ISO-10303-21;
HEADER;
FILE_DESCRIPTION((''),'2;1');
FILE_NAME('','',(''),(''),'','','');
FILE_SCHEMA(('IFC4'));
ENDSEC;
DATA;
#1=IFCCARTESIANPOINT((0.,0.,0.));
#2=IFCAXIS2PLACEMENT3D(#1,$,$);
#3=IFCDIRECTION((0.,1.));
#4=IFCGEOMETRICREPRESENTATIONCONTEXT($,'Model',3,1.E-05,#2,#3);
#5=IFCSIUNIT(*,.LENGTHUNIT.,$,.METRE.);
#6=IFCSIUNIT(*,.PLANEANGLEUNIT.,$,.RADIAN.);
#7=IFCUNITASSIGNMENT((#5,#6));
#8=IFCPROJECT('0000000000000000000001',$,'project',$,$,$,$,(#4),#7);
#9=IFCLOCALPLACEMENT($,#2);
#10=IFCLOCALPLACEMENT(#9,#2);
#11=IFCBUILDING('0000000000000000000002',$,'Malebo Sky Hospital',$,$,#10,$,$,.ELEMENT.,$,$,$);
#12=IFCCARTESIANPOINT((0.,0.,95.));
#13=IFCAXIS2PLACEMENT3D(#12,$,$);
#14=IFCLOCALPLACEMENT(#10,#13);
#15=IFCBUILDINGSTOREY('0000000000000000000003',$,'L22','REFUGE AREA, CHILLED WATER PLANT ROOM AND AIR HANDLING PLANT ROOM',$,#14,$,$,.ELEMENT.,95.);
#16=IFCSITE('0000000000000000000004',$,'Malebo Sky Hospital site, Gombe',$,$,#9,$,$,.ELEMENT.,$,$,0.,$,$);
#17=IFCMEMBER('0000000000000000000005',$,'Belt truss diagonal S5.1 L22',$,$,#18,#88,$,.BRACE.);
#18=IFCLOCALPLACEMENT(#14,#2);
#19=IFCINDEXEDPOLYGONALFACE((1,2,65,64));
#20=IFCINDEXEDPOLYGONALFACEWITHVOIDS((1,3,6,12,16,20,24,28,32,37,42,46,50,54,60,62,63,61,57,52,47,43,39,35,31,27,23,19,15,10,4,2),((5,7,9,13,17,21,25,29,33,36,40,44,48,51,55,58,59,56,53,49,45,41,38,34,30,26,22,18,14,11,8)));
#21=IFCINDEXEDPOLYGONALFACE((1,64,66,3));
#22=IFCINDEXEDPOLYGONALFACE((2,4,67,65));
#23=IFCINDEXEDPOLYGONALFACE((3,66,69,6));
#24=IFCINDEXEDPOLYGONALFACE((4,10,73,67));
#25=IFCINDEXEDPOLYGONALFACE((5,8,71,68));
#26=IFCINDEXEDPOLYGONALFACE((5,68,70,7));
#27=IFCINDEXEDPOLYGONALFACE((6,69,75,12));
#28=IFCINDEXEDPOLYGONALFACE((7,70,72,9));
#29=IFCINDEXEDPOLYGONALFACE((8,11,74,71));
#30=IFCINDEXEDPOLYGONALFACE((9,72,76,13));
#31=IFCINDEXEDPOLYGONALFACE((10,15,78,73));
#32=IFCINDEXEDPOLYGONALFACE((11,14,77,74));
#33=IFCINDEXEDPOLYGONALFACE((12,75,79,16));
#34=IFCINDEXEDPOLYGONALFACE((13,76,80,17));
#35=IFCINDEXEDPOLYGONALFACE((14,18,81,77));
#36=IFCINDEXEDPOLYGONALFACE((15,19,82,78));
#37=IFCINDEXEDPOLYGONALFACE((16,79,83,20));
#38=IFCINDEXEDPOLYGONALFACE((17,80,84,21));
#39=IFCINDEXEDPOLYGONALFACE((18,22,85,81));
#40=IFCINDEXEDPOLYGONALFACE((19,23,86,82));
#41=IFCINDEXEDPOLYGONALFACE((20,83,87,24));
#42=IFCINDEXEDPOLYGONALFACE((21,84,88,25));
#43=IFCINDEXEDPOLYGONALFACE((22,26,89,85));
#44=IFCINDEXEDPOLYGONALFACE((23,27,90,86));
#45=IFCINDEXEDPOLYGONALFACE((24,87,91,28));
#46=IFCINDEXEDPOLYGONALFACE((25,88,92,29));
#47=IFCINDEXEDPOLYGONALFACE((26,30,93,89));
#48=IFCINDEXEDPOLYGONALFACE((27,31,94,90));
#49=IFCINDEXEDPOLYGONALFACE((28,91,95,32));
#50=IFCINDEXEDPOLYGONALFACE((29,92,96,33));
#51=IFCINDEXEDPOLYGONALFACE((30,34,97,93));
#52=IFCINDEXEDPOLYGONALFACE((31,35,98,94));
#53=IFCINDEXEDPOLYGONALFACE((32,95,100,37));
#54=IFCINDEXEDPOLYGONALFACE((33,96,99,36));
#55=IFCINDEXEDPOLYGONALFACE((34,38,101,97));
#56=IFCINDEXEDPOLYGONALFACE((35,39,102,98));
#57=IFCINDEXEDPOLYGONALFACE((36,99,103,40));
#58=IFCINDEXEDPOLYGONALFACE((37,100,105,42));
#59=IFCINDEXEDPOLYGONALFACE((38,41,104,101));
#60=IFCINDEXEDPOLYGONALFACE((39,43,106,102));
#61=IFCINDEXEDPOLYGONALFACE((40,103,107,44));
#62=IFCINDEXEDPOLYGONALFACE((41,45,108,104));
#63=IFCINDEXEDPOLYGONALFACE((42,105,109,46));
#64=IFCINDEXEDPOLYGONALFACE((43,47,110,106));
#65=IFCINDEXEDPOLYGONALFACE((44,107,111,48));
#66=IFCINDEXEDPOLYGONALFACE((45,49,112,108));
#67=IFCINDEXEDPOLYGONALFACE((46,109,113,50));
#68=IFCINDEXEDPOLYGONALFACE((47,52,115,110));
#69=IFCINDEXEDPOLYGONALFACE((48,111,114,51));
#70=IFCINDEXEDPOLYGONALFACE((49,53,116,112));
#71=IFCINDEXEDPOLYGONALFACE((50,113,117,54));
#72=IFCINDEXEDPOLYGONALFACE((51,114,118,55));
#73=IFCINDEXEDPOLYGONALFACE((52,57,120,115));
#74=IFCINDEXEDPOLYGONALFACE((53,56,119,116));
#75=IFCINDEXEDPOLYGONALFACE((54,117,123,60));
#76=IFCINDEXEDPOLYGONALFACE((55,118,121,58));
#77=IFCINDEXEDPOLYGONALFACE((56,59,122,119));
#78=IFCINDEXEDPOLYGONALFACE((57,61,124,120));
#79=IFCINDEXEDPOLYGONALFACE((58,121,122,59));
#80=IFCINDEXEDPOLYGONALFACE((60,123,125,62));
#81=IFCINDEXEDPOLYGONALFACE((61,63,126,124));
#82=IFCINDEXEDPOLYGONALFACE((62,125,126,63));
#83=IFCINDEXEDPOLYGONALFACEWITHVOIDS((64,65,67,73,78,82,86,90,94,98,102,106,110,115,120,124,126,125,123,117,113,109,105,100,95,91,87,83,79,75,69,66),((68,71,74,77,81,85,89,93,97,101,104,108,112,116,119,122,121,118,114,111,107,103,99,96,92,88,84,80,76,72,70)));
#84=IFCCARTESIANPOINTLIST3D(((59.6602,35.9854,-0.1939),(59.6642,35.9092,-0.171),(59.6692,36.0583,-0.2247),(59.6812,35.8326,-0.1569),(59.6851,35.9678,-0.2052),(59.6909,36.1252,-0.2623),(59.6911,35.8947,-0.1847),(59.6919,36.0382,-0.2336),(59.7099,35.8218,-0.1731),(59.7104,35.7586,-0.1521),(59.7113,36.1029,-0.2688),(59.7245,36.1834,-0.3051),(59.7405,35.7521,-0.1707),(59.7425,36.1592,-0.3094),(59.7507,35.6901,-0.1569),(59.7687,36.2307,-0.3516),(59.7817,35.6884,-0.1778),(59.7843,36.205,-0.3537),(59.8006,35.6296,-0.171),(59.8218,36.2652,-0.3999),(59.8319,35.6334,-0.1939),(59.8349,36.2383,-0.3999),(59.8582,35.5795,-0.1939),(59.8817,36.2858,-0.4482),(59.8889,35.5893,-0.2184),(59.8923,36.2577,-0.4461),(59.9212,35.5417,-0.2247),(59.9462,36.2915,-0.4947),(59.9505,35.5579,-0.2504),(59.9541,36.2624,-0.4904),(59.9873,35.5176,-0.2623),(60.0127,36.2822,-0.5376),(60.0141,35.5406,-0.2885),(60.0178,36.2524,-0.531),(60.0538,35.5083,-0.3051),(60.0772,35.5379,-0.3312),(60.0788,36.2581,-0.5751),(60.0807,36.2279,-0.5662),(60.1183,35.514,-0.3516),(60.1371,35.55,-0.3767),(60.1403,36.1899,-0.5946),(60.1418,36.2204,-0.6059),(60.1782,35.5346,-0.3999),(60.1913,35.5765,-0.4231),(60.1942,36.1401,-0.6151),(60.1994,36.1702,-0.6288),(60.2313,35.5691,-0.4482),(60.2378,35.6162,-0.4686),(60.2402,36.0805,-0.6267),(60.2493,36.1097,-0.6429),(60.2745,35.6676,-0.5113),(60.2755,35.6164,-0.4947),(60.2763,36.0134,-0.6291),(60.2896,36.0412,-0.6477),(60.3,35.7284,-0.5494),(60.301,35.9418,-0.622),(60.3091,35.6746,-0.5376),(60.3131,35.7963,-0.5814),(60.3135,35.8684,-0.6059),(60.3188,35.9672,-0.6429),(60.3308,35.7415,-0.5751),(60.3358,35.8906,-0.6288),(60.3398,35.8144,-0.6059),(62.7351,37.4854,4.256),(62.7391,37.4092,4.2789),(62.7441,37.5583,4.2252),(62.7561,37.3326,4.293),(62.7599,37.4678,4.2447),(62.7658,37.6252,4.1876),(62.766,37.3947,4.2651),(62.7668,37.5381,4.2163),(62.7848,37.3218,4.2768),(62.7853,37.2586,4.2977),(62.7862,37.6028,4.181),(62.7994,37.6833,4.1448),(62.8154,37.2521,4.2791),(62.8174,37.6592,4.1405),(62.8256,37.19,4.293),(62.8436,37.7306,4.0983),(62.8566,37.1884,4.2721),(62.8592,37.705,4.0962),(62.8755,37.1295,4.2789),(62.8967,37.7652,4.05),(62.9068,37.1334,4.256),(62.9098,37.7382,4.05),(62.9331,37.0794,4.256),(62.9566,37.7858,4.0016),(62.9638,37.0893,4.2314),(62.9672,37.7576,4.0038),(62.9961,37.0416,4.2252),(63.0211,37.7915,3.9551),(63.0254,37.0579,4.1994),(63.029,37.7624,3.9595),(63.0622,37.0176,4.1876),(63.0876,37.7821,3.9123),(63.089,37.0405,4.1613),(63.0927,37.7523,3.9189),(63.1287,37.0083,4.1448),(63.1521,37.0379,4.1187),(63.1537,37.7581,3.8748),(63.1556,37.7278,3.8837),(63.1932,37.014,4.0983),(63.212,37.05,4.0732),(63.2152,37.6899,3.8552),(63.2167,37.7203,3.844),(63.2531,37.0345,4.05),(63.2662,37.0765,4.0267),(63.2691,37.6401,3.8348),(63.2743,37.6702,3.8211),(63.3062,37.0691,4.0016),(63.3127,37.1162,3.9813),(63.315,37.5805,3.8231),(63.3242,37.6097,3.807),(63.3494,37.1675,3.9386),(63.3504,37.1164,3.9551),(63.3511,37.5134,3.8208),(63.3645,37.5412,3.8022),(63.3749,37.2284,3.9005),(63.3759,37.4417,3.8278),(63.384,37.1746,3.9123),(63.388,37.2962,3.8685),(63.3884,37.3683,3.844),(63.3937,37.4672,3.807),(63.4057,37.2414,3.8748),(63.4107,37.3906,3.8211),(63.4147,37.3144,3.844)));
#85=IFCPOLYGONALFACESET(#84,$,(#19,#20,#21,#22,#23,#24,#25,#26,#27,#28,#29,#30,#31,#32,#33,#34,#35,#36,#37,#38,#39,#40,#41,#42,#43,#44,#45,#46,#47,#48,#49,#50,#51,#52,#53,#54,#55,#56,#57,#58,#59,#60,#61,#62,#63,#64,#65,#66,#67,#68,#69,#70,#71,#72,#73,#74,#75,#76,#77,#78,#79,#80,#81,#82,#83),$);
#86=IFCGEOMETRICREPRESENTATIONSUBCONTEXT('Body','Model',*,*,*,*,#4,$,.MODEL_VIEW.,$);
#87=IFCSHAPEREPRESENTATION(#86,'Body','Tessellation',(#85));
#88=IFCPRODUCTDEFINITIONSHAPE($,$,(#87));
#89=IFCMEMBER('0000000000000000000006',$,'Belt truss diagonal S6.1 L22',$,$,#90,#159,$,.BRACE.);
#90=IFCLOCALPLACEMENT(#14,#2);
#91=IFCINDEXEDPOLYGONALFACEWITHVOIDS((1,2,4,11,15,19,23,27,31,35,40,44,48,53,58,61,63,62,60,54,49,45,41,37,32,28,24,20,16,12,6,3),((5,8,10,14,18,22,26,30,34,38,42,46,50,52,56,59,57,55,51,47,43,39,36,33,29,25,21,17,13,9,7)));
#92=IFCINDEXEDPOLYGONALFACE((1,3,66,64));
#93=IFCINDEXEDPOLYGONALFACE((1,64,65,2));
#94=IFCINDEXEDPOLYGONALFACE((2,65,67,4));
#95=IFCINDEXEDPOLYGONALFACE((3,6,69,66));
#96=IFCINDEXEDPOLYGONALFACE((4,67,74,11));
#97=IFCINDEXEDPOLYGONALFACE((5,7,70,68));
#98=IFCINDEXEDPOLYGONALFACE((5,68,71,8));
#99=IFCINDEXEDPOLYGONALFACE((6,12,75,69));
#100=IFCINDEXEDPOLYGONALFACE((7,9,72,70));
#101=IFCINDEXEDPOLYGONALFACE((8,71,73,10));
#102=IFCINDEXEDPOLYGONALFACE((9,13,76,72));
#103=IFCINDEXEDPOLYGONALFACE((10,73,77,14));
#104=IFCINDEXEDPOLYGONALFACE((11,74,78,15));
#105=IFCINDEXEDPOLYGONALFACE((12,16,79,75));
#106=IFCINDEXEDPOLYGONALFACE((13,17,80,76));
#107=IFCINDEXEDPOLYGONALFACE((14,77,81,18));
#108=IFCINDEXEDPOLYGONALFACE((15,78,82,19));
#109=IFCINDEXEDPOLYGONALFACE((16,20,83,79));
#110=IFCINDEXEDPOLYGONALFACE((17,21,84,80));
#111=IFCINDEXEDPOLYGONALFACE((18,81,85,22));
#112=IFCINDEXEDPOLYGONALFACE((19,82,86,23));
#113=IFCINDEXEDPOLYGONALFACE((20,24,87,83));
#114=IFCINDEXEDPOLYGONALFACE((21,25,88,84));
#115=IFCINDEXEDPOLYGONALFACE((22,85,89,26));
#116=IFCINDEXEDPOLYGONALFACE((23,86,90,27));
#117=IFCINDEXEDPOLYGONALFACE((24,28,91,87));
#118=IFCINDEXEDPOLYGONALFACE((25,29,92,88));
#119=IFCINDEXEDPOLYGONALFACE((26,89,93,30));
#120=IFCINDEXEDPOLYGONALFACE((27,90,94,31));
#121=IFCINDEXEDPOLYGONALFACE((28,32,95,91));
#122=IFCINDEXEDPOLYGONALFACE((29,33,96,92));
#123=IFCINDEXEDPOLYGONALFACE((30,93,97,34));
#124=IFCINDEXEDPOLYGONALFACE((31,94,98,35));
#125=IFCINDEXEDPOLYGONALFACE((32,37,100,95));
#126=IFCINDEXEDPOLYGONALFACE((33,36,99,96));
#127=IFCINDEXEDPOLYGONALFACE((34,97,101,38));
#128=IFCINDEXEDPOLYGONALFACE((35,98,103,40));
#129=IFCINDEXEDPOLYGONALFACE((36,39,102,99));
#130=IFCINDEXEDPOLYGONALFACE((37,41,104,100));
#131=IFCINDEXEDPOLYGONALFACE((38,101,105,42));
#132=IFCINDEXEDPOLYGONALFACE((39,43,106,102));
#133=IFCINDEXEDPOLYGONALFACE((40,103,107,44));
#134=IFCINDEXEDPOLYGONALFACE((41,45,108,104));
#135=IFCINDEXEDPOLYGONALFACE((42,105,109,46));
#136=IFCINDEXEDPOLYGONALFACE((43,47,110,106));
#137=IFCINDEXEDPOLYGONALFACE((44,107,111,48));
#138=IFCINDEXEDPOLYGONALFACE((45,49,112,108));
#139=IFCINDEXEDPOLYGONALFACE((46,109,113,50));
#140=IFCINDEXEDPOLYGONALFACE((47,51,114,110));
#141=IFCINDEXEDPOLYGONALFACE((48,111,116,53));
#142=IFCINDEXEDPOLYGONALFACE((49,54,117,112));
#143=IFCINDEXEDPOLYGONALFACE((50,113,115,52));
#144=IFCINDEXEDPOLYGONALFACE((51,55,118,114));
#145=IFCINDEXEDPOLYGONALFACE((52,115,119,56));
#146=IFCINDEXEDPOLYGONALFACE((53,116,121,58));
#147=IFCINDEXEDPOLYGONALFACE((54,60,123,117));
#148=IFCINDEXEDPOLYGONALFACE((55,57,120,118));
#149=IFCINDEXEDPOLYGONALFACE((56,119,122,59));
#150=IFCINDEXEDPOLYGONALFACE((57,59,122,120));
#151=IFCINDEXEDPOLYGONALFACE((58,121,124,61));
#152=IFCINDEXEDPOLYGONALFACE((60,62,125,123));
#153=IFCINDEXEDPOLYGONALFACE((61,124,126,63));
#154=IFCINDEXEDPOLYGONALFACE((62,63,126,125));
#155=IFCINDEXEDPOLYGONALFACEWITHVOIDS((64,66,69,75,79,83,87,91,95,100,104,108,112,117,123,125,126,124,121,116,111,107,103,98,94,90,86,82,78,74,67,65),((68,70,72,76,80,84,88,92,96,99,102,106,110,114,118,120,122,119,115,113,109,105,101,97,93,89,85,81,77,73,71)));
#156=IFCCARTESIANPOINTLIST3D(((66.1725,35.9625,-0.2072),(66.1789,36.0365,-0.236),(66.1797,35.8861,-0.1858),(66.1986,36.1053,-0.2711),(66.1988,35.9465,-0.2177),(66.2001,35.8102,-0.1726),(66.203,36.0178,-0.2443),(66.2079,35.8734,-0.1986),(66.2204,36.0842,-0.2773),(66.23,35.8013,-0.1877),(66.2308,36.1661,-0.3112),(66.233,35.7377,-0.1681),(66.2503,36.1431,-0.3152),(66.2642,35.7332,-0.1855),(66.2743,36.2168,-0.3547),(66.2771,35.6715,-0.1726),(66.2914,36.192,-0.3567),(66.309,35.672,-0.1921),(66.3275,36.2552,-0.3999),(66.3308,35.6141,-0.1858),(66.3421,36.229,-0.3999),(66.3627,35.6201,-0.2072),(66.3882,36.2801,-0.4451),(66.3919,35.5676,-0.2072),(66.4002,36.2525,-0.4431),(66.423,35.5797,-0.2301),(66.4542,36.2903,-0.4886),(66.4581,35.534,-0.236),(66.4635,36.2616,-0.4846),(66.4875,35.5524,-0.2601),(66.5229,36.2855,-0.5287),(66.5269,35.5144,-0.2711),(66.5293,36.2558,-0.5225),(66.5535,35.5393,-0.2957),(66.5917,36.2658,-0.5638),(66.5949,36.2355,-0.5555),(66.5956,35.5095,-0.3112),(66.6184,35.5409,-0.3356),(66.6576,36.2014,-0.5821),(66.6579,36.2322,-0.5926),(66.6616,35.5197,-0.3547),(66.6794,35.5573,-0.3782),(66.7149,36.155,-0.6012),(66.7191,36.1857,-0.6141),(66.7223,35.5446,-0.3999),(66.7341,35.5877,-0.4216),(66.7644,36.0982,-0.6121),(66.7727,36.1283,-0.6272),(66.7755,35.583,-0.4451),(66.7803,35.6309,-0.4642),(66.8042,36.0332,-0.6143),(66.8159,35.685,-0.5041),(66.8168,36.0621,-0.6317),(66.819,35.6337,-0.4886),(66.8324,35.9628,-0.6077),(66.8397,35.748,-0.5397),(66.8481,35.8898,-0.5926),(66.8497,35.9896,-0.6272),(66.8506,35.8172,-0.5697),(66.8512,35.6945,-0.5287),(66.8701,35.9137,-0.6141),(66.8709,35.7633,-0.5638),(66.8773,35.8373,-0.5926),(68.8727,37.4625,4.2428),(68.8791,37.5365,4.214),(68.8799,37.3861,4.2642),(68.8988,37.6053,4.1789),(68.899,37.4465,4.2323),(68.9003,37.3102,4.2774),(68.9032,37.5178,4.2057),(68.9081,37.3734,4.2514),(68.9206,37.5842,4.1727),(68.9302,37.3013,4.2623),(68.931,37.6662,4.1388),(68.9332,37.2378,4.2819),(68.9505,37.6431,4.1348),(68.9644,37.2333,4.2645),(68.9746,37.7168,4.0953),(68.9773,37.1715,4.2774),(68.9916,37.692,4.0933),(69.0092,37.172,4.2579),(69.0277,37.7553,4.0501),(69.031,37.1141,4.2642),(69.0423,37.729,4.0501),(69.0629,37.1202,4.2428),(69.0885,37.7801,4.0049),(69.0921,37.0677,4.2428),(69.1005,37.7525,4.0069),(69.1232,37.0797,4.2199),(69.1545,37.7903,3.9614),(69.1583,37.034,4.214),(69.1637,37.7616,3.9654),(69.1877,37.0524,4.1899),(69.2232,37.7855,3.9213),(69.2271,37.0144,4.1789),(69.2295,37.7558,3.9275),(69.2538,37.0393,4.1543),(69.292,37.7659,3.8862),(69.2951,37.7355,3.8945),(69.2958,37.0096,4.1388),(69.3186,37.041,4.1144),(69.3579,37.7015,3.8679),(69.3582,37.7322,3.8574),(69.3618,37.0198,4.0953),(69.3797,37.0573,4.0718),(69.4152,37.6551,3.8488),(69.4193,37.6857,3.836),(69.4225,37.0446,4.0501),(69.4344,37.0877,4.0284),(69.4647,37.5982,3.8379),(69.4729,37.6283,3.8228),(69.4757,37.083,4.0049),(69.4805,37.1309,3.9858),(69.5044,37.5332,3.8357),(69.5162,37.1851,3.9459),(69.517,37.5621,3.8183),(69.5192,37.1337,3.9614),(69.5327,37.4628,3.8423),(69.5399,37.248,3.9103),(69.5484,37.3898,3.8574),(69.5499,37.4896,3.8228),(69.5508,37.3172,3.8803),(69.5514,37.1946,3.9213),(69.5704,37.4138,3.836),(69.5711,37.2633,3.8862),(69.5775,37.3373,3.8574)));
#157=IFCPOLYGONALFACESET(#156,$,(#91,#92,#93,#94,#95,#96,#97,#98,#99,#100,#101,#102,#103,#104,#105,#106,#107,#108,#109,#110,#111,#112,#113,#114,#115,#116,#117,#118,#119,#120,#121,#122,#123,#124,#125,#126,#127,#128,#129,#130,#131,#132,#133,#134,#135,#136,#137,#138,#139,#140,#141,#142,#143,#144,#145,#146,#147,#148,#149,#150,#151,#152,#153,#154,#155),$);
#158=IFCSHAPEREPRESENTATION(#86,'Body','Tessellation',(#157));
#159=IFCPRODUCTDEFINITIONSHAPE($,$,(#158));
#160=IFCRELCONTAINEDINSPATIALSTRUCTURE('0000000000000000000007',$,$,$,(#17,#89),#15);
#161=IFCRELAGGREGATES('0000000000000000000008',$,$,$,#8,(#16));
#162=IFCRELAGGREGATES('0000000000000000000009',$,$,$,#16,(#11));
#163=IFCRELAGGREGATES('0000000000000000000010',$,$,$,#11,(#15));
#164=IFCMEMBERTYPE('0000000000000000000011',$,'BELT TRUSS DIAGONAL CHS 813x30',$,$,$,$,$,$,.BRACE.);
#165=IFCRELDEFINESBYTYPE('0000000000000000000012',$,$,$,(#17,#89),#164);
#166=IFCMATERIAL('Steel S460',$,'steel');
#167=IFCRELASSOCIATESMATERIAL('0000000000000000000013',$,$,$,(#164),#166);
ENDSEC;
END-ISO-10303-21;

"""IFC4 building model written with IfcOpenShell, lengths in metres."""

from ifc_helpers import new_model, si_unit, direction, frame, origin, origin_2d, place, context, subcontext, project, spatial, hollow_circle, extrude, material, material_profile, profile_set, type_object, element, save


model = new_model("IFC4")

# Units and contexts
model_context = context("Model", 3, precision=1e-05, world=origin(), true_north=direction((0.0, 1.0)))
body_context = subcontext(model_context, "Body", "Model", "MODEL_VIEW")
ifc_project = project(units=[si_unit("LENGTHUNIT", "METRE"), si_unit("PLANEANGLEUNIT", "RADIAN")], contexts=[model_context])

# Site, building, storey
site_placement = place(None, origin())
site = spatial("IfcSite", under=ifc_project, at=site_placement, Name="Malebo Sky Hospital site, Gombe", CompositionType="ELEMENT", RefElevation=0.0)
building_placement = place(site_placement, origin())
building = spatial("IfcBuilding", under=site, at=building_placement, Name="Malebo Sky Hospital", CompositionType="ELEMENT")
storey_placement = place(building_placement, frame((0.0, 0.0, 95.0)))
storey = spatial("IfcBuildingStorey", under=building, at=storey_placement, Name="L22", Description="REFUGE AREA, CHILLED WATER PLANT ROOM AND AIR HANDLING PLANT ROOM", CompositionType="ELEMENT", Elevation=95.0)

# Members
ifc_material_1 = material(Name="Steel S460", Category="steel")
ifc_material_profile_1 = material_profile(ifc_material_1, hollow_circle(Radius=0.4065, WallThickness=0.03, at=origin_2d()), Name="CHS 813x30")
ifc_profile_set_1 = profile_set([ifc_material_profile_1], Name="Steel S460")
member_type_1 = type_object("IfcMemberType", Name="BELT TRUSS DIAGONAL CHS 813x30", PredefinedType="BRACE", material=ifc_profile_set_1)
member_1_placement = place(storey_placement, frame((60.0, 35.8999, -0.3999), z_axis=(0.547813, 0.26723, 0.792773), x_axis=(-0.438429, 0.898766, 0.0)))
element("IfcMember", 1, at=member_1_placement, inside=storey, type_object=member_type_1, Name="Belt truss diagonal S5.1 L22", PredefinedType="BRACE", context=body_context, shape_type="SweptSolid", body=[
    extrude(hollow_circle(Radius=0.4065, WallThickness=0.03, at=origin_2d()), origin(), (0.0, 0.0, 1.0), 5.613),
])
member_2_placement = place(storey_placement, frame((66.5249, 35.8999, -0.3999), z_axis=(0.498473, 0.27691, 0.82149), x_axis=(-0.485616, 0.874172, 0.0)))
element("IfcMember", 2, at=member_2_placement, inside=storey, type_object=member_type_1, Name="Belt truss diagonal S6.1 L22", PredefinedType="BRACE", context=body_context, shape_type="SweptSolid", body=[
    extrude(hollow_circle(Radius=0.4065, WallThickness=0.03, at=origin_2d()), origin(), (0.0, 0.0, 1.0), 5.417),
])

save(model, "model.ifc")
